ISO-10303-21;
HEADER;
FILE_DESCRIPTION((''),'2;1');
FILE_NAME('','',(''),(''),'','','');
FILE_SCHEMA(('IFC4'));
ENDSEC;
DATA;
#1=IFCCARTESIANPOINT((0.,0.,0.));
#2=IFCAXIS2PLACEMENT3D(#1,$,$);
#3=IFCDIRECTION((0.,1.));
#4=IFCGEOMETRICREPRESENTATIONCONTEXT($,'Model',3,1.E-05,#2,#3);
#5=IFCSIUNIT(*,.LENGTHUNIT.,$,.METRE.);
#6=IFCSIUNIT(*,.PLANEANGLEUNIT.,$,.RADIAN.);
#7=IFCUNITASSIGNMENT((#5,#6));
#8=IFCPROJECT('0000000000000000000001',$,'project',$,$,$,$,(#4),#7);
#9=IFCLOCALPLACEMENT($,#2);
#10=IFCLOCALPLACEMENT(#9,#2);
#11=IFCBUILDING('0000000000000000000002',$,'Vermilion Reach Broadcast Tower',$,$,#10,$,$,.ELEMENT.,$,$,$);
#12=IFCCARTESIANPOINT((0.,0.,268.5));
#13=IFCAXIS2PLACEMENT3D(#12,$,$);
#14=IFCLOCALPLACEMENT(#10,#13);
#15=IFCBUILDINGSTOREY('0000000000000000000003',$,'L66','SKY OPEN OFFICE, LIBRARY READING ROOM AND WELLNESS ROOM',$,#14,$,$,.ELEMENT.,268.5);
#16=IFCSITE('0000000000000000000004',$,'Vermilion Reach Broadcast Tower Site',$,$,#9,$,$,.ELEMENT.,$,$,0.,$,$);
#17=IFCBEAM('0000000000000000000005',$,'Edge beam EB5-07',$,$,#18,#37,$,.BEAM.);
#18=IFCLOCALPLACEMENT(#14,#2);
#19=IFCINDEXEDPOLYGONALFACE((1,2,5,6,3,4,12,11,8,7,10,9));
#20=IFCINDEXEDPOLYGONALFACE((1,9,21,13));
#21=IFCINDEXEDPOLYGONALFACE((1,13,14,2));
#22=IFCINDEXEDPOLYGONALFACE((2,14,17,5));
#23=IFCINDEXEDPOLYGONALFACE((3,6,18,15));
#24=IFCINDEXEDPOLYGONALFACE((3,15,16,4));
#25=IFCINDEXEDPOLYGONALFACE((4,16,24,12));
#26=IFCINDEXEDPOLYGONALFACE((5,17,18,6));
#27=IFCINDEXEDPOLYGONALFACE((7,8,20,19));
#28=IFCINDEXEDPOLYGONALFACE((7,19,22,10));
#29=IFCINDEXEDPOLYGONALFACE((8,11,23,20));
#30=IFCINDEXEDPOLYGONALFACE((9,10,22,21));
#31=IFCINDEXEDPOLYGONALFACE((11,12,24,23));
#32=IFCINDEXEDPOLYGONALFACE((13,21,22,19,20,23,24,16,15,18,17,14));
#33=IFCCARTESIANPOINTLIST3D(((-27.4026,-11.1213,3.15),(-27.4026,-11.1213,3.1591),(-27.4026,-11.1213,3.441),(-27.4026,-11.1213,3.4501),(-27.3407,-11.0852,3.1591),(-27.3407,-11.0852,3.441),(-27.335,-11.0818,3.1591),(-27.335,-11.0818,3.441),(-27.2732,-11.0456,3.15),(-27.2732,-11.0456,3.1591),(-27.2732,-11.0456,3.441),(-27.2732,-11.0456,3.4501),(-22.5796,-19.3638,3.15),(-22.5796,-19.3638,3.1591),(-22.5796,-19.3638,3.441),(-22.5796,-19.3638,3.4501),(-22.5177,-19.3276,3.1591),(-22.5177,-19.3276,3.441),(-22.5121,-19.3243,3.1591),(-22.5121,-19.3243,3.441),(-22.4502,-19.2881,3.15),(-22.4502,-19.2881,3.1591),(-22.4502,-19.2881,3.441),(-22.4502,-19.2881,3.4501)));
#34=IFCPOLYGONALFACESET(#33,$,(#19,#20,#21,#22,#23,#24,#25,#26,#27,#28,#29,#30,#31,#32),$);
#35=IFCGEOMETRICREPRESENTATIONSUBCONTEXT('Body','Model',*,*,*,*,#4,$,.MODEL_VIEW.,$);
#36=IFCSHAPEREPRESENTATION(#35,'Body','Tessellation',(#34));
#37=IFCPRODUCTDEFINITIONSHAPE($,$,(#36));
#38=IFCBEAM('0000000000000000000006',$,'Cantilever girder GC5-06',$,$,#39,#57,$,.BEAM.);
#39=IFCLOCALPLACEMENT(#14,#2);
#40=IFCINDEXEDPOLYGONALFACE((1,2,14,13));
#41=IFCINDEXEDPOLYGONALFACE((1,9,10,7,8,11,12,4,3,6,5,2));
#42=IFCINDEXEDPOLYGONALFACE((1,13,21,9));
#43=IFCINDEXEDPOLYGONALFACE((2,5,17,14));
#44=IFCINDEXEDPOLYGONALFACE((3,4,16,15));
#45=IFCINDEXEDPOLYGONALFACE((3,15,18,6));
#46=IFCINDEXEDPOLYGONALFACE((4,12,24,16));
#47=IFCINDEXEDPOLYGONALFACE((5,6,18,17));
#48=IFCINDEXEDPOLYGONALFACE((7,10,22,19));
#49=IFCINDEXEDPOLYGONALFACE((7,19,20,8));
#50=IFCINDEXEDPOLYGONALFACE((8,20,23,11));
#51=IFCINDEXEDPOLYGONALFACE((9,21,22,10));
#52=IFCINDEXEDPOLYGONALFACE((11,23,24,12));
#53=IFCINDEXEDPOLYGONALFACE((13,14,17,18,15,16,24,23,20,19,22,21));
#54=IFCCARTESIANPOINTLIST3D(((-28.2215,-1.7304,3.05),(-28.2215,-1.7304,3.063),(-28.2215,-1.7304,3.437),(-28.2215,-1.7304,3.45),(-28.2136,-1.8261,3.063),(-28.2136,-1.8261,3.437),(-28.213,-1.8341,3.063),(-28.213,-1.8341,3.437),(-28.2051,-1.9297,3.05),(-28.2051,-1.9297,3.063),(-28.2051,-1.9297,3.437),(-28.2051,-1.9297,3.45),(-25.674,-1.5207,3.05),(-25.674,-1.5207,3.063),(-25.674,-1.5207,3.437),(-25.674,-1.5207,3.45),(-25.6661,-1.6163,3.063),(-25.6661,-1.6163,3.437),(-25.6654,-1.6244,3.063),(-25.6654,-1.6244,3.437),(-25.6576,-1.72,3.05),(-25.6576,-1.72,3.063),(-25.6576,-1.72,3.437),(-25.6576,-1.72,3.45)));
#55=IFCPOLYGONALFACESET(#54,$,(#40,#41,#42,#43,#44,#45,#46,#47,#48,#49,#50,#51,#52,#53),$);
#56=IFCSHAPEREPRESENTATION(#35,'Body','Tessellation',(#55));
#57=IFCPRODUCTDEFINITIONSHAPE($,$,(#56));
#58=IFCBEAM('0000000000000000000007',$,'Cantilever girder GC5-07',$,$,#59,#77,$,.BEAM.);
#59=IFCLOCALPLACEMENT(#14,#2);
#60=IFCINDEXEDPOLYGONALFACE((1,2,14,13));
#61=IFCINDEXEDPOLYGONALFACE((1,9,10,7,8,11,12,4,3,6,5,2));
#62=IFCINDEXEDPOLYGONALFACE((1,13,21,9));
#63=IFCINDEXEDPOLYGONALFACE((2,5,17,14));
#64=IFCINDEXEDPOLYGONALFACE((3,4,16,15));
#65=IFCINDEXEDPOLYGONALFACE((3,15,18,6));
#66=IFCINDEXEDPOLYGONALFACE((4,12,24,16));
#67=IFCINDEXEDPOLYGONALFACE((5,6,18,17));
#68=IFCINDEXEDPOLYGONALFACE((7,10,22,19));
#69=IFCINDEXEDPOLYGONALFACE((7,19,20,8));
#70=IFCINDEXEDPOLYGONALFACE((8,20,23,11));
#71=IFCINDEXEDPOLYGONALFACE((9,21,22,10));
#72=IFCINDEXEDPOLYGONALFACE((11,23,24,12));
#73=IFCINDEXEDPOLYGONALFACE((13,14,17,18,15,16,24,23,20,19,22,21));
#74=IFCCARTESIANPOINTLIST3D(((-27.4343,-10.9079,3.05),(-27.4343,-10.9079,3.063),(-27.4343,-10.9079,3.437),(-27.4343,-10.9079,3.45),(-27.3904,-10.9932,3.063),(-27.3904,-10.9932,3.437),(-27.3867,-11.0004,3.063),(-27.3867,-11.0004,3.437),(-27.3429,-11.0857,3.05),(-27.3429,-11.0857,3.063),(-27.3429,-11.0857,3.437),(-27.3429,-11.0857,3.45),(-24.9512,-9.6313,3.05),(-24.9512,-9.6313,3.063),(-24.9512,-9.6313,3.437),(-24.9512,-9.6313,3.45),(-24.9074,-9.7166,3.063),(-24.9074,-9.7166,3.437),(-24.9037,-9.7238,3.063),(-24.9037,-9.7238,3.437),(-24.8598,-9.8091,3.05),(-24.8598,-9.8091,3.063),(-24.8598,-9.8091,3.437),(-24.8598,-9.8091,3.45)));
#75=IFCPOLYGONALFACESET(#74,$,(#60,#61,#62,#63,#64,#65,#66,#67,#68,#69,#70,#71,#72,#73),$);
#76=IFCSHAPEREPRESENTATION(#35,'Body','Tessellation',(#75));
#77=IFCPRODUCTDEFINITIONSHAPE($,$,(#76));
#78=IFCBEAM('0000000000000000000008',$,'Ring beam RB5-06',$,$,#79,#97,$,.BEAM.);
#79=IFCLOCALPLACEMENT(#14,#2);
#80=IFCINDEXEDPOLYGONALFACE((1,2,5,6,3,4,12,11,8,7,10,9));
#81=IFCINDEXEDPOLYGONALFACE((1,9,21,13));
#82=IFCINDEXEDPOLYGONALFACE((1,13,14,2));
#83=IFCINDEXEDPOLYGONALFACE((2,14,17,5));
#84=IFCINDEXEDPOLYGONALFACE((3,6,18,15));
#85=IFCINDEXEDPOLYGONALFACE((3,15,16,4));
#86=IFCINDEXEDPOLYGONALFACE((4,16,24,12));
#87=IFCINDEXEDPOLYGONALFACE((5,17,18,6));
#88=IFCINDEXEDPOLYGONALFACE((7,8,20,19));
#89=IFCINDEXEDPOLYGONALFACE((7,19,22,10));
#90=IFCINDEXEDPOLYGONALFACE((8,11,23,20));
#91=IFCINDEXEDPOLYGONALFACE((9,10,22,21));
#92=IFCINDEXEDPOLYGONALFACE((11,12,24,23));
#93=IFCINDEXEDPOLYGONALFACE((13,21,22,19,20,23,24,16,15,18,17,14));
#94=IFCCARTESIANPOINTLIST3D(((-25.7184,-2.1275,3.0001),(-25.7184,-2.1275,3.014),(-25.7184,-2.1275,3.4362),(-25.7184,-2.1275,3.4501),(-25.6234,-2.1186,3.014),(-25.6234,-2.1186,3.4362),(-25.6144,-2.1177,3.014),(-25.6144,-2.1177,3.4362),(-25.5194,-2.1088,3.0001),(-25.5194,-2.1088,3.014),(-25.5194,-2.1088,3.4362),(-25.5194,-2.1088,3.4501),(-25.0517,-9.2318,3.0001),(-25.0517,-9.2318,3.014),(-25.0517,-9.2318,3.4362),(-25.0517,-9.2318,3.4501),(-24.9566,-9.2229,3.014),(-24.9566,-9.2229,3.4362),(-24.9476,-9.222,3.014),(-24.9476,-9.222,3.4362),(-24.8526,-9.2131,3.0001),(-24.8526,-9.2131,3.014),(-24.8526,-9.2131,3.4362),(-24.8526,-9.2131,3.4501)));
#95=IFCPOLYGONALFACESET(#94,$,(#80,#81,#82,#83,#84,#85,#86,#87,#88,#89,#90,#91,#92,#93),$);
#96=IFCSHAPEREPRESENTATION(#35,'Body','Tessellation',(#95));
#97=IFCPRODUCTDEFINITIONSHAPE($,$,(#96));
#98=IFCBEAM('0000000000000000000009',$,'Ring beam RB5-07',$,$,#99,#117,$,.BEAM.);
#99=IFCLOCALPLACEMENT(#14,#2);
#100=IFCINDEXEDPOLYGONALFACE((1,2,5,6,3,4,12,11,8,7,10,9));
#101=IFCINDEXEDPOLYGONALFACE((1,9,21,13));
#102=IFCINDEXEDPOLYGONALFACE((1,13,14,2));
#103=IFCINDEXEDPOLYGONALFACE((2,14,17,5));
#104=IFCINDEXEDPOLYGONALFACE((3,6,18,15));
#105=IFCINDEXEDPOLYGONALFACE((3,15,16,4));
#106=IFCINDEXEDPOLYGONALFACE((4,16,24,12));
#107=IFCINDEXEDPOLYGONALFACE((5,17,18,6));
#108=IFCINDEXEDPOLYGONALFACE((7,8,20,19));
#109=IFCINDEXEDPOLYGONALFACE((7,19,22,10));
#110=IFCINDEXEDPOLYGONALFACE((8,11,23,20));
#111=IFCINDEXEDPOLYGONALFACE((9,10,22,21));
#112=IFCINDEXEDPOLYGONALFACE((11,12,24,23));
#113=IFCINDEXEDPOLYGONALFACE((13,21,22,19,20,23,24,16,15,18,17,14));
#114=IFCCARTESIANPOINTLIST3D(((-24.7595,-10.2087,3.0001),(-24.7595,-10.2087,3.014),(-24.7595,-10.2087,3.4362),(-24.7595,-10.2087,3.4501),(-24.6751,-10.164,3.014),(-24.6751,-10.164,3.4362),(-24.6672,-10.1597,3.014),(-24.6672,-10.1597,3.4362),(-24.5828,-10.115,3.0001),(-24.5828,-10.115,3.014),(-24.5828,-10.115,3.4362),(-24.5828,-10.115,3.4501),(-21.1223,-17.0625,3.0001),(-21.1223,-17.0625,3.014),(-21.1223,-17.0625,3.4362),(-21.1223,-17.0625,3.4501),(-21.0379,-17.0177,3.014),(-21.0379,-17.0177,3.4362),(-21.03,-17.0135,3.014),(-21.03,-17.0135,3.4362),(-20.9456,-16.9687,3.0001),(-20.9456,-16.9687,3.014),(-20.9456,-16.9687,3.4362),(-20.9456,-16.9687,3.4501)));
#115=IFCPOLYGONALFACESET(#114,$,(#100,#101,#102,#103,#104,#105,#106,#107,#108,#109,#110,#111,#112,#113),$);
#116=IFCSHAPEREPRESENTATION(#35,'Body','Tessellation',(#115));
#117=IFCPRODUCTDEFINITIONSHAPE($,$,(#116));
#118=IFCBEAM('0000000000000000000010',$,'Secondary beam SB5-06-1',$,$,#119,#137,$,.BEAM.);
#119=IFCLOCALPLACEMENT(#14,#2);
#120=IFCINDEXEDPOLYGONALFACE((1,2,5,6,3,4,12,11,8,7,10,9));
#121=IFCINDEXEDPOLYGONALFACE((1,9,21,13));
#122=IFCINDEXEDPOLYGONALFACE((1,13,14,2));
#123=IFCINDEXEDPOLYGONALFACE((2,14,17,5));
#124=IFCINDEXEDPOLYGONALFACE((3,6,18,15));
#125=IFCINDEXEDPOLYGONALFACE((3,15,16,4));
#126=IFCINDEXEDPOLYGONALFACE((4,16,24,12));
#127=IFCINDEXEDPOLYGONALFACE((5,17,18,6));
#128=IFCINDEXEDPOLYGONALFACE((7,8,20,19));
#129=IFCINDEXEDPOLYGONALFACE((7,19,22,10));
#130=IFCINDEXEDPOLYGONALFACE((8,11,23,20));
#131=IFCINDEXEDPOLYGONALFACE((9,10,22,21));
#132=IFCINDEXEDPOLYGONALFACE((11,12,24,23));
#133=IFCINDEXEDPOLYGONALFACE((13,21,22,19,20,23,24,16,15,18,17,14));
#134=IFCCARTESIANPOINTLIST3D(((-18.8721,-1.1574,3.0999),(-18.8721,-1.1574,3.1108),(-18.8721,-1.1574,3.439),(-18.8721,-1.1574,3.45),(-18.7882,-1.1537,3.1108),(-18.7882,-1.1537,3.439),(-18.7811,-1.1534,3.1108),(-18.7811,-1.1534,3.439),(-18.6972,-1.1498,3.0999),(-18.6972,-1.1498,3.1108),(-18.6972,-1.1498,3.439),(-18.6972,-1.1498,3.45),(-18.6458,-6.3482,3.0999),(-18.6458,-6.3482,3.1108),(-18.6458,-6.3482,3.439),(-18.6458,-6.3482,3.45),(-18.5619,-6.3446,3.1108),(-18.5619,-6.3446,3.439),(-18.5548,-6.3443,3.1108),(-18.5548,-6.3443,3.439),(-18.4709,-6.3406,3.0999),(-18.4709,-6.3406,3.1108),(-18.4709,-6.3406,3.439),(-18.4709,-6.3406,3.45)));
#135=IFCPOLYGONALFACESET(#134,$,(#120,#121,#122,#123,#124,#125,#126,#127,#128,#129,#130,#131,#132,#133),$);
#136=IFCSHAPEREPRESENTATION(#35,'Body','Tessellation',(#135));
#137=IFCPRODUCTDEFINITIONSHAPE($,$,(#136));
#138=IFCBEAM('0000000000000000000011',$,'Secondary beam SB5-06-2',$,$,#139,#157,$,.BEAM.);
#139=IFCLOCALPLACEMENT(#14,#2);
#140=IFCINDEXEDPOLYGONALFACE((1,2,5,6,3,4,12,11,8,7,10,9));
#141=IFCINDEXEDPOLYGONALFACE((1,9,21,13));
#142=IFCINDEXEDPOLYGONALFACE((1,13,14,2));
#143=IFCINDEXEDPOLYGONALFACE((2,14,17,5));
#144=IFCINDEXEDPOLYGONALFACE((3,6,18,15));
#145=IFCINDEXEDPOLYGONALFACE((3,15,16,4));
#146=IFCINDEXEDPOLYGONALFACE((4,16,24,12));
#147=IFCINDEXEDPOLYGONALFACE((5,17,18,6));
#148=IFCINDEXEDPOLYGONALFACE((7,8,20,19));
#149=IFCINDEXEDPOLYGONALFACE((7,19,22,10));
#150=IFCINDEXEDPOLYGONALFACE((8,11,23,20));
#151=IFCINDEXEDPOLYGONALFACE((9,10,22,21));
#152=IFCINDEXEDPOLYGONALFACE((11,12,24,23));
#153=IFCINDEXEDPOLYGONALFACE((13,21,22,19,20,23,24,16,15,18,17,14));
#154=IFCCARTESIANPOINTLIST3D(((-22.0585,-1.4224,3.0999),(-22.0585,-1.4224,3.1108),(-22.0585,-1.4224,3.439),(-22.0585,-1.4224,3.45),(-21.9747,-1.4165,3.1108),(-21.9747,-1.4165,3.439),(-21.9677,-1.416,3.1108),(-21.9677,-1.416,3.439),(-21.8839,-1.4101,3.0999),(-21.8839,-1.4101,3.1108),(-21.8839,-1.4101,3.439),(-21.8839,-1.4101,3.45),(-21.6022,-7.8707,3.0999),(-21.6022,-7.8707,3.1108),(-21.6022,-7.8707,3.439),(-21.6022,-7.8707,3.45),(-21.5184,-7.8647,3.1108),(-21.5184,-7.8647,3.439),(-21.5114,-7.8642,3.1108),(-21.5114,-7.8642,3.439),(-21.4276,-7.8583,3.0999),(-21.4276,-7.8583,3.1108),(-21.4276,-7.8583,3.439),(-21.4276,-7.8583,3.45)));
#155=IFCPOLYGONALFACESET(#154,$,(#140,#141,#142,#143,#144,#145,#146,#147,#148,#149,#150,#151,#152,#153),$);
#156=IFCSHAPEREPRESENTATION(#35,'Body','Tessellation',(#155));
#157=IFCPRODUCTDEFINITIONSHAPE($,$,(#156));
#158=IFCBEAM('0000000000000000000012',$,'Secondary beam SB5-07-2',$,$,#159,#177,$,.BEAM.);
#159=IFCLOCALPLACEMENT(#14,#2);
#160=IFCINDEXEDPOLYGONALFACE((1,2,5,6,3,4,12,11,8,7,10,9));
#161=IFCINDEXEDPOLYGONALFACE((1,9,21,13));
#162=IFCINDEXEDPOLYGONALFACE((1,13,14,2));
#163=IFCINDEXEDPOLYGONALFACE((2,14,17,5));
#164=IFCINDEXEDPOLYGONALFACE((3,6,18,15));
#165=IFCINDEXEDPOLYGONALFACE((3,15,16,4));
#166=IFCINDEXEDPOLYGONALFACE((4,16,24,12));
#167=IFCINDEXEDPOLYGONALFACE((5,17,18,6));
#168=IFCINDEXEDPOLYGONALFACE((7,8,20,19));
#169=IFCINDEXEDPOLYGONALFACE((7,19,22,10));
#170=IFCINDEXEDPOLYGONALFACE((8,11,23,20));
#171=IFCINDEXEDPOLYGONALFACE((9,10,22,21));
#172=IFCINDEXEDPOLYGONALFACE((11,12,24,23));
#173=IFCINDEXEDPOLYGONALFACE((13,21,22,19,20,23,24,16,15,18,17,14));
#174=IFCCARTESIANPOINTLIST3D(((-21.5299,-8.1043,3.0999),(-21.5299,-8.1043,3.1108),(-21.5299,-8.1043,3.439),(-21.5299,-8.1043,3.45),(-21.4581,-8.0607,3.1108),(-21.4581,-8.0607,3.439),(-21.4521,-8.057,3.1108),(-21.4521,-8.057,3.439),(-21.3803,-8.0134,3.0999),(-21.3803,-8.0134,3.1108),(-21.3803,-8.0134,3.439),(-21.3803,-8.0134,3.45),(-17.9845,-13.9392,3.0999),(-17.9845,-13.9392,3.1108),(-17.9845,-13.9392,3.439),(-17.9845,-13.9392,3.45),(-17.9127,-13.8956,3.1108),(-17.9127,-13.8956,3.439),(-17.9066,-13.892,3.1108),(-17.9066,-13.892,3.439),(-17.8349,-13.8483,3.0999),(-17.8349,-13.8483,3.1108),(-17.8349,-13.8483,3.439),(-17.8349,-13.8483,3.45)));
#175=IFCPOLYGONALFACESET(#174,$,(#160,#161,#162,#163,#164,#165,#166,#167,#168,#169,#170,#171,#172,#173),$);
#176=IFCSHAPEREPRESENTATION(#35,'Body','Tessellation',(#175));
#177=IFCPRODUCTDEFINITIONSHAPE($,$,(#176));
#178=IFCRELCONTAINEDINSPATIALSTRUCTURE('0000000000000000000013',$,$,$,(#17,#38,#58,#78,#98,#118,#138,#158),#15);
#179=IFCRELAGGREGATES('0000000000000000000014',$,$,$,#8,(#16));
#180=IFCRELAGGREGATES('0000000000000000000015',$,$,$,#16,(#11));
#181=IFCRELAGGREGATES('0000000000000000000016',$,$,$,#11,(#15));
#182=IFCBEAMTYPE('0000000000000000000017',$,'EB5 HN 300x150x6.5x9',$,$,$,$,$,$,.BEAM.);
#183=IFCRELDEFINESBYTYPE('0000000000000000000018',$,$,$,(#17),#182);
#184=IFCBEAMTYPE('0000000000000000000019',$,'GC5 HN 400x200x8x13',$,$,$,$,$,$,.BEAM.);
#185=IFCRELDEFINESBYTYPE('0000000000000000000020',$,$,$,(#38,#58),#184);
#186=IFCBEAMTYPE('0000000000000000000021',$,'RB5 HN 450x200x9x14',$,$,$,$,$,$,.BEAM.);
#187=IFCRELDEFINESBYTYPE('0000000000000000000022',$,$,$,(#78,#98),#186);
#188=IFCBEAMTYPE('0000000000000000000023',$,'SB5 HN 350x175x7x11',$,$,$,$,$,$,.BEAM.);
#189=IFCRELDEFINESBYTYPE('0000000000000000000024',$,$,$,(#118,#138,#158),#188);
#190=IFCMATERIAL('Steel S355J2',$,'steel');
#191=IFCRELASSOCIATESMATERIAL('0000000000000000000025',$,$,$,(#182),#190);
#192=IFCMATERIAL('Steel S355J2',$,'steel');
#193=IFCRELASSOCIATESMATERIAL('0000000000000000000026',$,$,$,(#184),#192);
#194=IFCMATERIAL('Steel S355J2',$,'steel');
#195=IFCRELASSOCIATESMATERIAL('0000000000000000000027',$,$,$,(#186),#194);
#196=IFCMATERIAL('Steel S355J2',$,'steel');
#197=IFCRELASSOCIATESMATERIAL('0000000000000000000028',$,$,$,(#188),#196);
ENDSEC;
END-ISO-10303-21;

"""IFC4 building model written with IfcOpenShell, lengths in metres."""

from ifc_helpers import new_model, si_unit, direction, frame, origin, origin_2d, place, context, subcontext, project, spatial, i_section, extrude, material, material_profile, profile_set, type_object, element, save


model = new_model("IFC4")

# Units and contexts
model_context = context("Model", 3, precision=1e-05, world=origin(), true_north=direction((0.0, 1.0)))
body_context = subcontext(model_context, "Body", "Model", "MODEL_VIEW")
ifc_project = project(units=[si_unit("LENGTHUNIT", "METRE"), si_unit("PLANEANGLEUNIT", "RADIAN")], contexts=[model_context])

# Site, building, storey
site_placement = place(None, origin())
site = spatial("IfcSite", under=ifc_project, at=site_placement, Name="Vermilion Reach Broadcast Tower Site", CompositionType="ELEMENT", RefElevation=0.0)
building_placement = place(site_placement, origin())
building = spatial("IfcBuilding", under=site, at=building_placement, Name="Vermilion Reach Broadcast Tower", CompositionType="ELEMENT")
storey_placement = place(building_placement, frame((0.0, 0.0, 268.5)))
storey = spatial("IfcBuildingStorey", under=building, at=storey_placement, Name="L66", Description="SKY OPEN OFFICE, LIBRARY READING ROOM AND WELLNESS ROOM", CompositionType="ELEMENT", Elevation=268.5)

# Beams
ifc_material_1 = material(Name="Steel S355J2", Category="steel")
ifc_material_profile_1 = material_profile(ifc_material_1, i_section(OverallWidth=0.1499, OverallDepth=0.3, WebThickness=0.0066, FlangeThickness=0.009, at=origin_2d()), Name="S355J2 HN 300x150x6.5x9")
ifc_profile_set_1 = profile_set([ifc_material_profile_1], Name="Steel S355J2")
beam_type_1 = type_object("IfcBeamType", Name="EB5 HN 300x150x6.5x9", PredefinedType="BEAM", material=ifc_profile_set_1)
beam_1_placement = place(storey_placement, frame((-27.3379, -11.0835, 3.3), z_axis=(0.505036, -0.863098, 0.0), x_axis=(0.863098, 0.505036, 0.0)))
element("IfcBeam", 1, at=beam_1_placement, inside=storey, type_object=beam_type_1, Name="Edge beam EB5-07", PredefinedType="BEAM", context=body_context, shape_type="SweptSolid", body=[
    extrude(i_section(OverallWidth=0.1499, OverallDepth=0.3, WebThickness=0.0066, FlangeThickness=0.009, at=origin_2d()), origin(), (0.0, 0.0, 1.0), 9.5498),
])
ifc_material_2 = material(Name="Steel S355J2", Category="steel")
ifc_material_profile_2 = material_profile(ifc_material_2, i_section(OverallWidth=0.2, OverallDepth=0.3999, WebThickness=0.0081, FlangeThickness=0.0129, at=origin_2d()), Name="S355J2 HN 400x200x8x13")
ifc_profile_set_2 = profile_set([ifc_material_profile_2], Name="Steel S355J2")
beam_type_2 = type_object("IfcBeamType", Name="GC5 HN 400x200x8x13", PredefinedType="BEAM", material=ifc_profile_set_2)
beam_2_placement = place(storey_placement, frame((-25.6658, -1.6204, 3.25), z_axis=(-0.996629, -0.082042, 0.0), x_axis=(0.082042, -0.996629, 0.0)))
element("IfcBeam", 2, at=beam_2_placement, inside=storey, type_object=beam_type_2, Name="Cantilever girder GC5-06", PredefinedType="BEAM", context=body_context, shape_type="SweptSolid", body=[
    extrude(i_section(OverallWidth=0.2, OverallDepth=0.3999, WebThickness=0.0081, FlangeThickness=0.0129, at=origin_2d()), origin(), (0.0, 0.0, 1.0), 2.5562),
])
beam_3_placement = place(storey_placement, frame((-24.9055, -9.7202, 3.25), z_axis=(-0.889352, -0.457224, 0.0), x_axis=(0.457224, -0.889352, 0.0)))
element("IfcBeam", 3, at=beam_3_placement, inside=storey, type_object=beam_type_2, Name="Cantilever girder GC5-07", PredefinedType="BEAM", context=body_context, shape_type="SweptSolid", body=[
    extrude(i_section(OverallWidth=0.2, OverallDepth=0.3999, WebThickness=0.0081, FlangeThickness=0.0129, at=origin_2d()), origin(), (0.0, 0.0, 1.0), 2.792),
])
ifc_material_3 = material(Name="Steel S355J2", Category="steel")
ifc_material_profile_3 = material_profile(ifc_material_3, i_section(OverallWidth=0.2, OverallDepth=0.45, WebThickness=0.009, FlangeThickness=0.0139, at=origin_2d()), Name="S355J2 HN 450x200x9x14")
ifc_profile_set_3 = profile_set([ifc_material_profile_3], Name="Steel S355J2")
beam_type_3 = type_object("IfcBeamType", Name="RB5 HN 450x200x9x14", PredefinedType="BEAM", material=ifc_profile_set_3)
beam_4_placement = place(storey_placement, frame((-25.6189, -2.1182, 3.2251), z_axis=(0.093441, -0.995625, 0.0), x_axis=(0.995625, 0.093441, 0.0)))
element("IfcBeam", 4, at=beam_4_placement, inside=storey, type_object=beam_type_3, Name="Ring beam RB5-06", PredefinedType="BEAM", context=body_context, shape_type="SweptSolid", body=[
    extrude(i_section(OverallWidth=0.2, OverallDepth=0.45, WebThickness=0.009, FlangeThickness=0.0139, at=origin_2d()), origin(), (0.0, 0.0, 1.0), 7.1355),
])
beam_5_placement = place(storey_placement, frame((-24.6711, -10.1619, 3.2251), z_axis=(0.468768, -0.883321, 0.0), x_axis=(0.883321, 0.468768, 0.0)))
element("IfcBeam", 5, at=beam_5_placement, inside=storey, type_object=beam_type_3, Name="Ring beam RB5-07", PredefinedType="BEAM", context=body_context, shape_type="SweptSolid", body=[
    extrude(i_section(OverallWidth=0.2, OverallDepth=0.45, WebThickness=0.009, FlangeThickness=0.0139, at=origin_2d()), origin(), (0.0, 0.0, 1.0), 7.759),
])
ifc_material_4 = material(Name="Steel S355J2", Category="steel")
ifc_material_profile_4 = material_profile(ifc_material_4, i_section(OverallWidth=0.175, OverallDepth=0.3501, WebThickness=0.0071, FlangeThickness=0.011, at=origin_2d()), Name="S355J2 HN 350x175x7x11")
ifc_profile_set_4 = profile_set([ifc_material_profile_4], Name="Steel S355J2")
beam_type_4 = type_object("IfcBeamType", Name="SB5 HN 350x175x7x11", PredefinedType="BEAM", material=ifc_profile_set_4)
beam_6_placement = place(storey_placement, frame((-18.7847, -1.1536, 3.2749), z_axis=(0.043558, -0.999051, 0.0), x_axis=(0.999051, 0.043558, 0.0)))
element("IfcBeam", 6, at=beam_6_placement, inside=storey, type_object=beam_type_4, Name="Secondary beam SB5-06-1", PredefinedType="BEAM", context=body_context, shape_type="SweptSolid", body=[
    extrude(i_section(OverallWidth=0.175, OverallDepth=0.3501, WebThickness=0.0071, FlangeThickness=0.011, at=origin_2d()), origin(), (0.0, 0.0, 1.0), 5.1958),
])
beam_7_placement = place(storey_placement, frame((-21.9712, -1.4163, 3.2749), z_axis=(0.070587, -0.997506, 0.0), x_axis=(0.997506, 0.070587, 0.0)))
element("IfcBeam", 7, at=beam_7_placement, inside=storey, type_object=beam_type_4, Name="Secondary beam SB5-06-2", PredefinedType="BEAM", context=body_context, shape_type="SweptSolid", body=[
    extrude(i_section(OverallWidth=0.175, OverallDepth=0.3501, WebThickness=0.0071, FlangeThickness=0.011, at=origin_2d()), origin(), (0.0, 0.0, 1.0), 6.4644),
])
beam_8_placement = place(storey_placement, frame((-21.4551, -8.0588, 3.2749), z_axis=(0.519273, -0.854608, 0.0), x_axis=(0.854608, 0.519273, 0.0)))
element("IfcBeam", 8, at=beam_8_placement, inside=storey, type_object=beam_type_4, Name="Secondary beam SB5-07-2", PredefinedType="BEAM", context=body_context, shape_type="SweptSolid", body=[
    extrude(i_section(OverallWidth=0.175, OverallDepth=0.3501, WebThickness=0.0071, FlangeThickness=0.011, at=origin_2d()), origin(), (0.0, 0.0, 1.0), 6.8276),
])

save(model, "model.ifc")
